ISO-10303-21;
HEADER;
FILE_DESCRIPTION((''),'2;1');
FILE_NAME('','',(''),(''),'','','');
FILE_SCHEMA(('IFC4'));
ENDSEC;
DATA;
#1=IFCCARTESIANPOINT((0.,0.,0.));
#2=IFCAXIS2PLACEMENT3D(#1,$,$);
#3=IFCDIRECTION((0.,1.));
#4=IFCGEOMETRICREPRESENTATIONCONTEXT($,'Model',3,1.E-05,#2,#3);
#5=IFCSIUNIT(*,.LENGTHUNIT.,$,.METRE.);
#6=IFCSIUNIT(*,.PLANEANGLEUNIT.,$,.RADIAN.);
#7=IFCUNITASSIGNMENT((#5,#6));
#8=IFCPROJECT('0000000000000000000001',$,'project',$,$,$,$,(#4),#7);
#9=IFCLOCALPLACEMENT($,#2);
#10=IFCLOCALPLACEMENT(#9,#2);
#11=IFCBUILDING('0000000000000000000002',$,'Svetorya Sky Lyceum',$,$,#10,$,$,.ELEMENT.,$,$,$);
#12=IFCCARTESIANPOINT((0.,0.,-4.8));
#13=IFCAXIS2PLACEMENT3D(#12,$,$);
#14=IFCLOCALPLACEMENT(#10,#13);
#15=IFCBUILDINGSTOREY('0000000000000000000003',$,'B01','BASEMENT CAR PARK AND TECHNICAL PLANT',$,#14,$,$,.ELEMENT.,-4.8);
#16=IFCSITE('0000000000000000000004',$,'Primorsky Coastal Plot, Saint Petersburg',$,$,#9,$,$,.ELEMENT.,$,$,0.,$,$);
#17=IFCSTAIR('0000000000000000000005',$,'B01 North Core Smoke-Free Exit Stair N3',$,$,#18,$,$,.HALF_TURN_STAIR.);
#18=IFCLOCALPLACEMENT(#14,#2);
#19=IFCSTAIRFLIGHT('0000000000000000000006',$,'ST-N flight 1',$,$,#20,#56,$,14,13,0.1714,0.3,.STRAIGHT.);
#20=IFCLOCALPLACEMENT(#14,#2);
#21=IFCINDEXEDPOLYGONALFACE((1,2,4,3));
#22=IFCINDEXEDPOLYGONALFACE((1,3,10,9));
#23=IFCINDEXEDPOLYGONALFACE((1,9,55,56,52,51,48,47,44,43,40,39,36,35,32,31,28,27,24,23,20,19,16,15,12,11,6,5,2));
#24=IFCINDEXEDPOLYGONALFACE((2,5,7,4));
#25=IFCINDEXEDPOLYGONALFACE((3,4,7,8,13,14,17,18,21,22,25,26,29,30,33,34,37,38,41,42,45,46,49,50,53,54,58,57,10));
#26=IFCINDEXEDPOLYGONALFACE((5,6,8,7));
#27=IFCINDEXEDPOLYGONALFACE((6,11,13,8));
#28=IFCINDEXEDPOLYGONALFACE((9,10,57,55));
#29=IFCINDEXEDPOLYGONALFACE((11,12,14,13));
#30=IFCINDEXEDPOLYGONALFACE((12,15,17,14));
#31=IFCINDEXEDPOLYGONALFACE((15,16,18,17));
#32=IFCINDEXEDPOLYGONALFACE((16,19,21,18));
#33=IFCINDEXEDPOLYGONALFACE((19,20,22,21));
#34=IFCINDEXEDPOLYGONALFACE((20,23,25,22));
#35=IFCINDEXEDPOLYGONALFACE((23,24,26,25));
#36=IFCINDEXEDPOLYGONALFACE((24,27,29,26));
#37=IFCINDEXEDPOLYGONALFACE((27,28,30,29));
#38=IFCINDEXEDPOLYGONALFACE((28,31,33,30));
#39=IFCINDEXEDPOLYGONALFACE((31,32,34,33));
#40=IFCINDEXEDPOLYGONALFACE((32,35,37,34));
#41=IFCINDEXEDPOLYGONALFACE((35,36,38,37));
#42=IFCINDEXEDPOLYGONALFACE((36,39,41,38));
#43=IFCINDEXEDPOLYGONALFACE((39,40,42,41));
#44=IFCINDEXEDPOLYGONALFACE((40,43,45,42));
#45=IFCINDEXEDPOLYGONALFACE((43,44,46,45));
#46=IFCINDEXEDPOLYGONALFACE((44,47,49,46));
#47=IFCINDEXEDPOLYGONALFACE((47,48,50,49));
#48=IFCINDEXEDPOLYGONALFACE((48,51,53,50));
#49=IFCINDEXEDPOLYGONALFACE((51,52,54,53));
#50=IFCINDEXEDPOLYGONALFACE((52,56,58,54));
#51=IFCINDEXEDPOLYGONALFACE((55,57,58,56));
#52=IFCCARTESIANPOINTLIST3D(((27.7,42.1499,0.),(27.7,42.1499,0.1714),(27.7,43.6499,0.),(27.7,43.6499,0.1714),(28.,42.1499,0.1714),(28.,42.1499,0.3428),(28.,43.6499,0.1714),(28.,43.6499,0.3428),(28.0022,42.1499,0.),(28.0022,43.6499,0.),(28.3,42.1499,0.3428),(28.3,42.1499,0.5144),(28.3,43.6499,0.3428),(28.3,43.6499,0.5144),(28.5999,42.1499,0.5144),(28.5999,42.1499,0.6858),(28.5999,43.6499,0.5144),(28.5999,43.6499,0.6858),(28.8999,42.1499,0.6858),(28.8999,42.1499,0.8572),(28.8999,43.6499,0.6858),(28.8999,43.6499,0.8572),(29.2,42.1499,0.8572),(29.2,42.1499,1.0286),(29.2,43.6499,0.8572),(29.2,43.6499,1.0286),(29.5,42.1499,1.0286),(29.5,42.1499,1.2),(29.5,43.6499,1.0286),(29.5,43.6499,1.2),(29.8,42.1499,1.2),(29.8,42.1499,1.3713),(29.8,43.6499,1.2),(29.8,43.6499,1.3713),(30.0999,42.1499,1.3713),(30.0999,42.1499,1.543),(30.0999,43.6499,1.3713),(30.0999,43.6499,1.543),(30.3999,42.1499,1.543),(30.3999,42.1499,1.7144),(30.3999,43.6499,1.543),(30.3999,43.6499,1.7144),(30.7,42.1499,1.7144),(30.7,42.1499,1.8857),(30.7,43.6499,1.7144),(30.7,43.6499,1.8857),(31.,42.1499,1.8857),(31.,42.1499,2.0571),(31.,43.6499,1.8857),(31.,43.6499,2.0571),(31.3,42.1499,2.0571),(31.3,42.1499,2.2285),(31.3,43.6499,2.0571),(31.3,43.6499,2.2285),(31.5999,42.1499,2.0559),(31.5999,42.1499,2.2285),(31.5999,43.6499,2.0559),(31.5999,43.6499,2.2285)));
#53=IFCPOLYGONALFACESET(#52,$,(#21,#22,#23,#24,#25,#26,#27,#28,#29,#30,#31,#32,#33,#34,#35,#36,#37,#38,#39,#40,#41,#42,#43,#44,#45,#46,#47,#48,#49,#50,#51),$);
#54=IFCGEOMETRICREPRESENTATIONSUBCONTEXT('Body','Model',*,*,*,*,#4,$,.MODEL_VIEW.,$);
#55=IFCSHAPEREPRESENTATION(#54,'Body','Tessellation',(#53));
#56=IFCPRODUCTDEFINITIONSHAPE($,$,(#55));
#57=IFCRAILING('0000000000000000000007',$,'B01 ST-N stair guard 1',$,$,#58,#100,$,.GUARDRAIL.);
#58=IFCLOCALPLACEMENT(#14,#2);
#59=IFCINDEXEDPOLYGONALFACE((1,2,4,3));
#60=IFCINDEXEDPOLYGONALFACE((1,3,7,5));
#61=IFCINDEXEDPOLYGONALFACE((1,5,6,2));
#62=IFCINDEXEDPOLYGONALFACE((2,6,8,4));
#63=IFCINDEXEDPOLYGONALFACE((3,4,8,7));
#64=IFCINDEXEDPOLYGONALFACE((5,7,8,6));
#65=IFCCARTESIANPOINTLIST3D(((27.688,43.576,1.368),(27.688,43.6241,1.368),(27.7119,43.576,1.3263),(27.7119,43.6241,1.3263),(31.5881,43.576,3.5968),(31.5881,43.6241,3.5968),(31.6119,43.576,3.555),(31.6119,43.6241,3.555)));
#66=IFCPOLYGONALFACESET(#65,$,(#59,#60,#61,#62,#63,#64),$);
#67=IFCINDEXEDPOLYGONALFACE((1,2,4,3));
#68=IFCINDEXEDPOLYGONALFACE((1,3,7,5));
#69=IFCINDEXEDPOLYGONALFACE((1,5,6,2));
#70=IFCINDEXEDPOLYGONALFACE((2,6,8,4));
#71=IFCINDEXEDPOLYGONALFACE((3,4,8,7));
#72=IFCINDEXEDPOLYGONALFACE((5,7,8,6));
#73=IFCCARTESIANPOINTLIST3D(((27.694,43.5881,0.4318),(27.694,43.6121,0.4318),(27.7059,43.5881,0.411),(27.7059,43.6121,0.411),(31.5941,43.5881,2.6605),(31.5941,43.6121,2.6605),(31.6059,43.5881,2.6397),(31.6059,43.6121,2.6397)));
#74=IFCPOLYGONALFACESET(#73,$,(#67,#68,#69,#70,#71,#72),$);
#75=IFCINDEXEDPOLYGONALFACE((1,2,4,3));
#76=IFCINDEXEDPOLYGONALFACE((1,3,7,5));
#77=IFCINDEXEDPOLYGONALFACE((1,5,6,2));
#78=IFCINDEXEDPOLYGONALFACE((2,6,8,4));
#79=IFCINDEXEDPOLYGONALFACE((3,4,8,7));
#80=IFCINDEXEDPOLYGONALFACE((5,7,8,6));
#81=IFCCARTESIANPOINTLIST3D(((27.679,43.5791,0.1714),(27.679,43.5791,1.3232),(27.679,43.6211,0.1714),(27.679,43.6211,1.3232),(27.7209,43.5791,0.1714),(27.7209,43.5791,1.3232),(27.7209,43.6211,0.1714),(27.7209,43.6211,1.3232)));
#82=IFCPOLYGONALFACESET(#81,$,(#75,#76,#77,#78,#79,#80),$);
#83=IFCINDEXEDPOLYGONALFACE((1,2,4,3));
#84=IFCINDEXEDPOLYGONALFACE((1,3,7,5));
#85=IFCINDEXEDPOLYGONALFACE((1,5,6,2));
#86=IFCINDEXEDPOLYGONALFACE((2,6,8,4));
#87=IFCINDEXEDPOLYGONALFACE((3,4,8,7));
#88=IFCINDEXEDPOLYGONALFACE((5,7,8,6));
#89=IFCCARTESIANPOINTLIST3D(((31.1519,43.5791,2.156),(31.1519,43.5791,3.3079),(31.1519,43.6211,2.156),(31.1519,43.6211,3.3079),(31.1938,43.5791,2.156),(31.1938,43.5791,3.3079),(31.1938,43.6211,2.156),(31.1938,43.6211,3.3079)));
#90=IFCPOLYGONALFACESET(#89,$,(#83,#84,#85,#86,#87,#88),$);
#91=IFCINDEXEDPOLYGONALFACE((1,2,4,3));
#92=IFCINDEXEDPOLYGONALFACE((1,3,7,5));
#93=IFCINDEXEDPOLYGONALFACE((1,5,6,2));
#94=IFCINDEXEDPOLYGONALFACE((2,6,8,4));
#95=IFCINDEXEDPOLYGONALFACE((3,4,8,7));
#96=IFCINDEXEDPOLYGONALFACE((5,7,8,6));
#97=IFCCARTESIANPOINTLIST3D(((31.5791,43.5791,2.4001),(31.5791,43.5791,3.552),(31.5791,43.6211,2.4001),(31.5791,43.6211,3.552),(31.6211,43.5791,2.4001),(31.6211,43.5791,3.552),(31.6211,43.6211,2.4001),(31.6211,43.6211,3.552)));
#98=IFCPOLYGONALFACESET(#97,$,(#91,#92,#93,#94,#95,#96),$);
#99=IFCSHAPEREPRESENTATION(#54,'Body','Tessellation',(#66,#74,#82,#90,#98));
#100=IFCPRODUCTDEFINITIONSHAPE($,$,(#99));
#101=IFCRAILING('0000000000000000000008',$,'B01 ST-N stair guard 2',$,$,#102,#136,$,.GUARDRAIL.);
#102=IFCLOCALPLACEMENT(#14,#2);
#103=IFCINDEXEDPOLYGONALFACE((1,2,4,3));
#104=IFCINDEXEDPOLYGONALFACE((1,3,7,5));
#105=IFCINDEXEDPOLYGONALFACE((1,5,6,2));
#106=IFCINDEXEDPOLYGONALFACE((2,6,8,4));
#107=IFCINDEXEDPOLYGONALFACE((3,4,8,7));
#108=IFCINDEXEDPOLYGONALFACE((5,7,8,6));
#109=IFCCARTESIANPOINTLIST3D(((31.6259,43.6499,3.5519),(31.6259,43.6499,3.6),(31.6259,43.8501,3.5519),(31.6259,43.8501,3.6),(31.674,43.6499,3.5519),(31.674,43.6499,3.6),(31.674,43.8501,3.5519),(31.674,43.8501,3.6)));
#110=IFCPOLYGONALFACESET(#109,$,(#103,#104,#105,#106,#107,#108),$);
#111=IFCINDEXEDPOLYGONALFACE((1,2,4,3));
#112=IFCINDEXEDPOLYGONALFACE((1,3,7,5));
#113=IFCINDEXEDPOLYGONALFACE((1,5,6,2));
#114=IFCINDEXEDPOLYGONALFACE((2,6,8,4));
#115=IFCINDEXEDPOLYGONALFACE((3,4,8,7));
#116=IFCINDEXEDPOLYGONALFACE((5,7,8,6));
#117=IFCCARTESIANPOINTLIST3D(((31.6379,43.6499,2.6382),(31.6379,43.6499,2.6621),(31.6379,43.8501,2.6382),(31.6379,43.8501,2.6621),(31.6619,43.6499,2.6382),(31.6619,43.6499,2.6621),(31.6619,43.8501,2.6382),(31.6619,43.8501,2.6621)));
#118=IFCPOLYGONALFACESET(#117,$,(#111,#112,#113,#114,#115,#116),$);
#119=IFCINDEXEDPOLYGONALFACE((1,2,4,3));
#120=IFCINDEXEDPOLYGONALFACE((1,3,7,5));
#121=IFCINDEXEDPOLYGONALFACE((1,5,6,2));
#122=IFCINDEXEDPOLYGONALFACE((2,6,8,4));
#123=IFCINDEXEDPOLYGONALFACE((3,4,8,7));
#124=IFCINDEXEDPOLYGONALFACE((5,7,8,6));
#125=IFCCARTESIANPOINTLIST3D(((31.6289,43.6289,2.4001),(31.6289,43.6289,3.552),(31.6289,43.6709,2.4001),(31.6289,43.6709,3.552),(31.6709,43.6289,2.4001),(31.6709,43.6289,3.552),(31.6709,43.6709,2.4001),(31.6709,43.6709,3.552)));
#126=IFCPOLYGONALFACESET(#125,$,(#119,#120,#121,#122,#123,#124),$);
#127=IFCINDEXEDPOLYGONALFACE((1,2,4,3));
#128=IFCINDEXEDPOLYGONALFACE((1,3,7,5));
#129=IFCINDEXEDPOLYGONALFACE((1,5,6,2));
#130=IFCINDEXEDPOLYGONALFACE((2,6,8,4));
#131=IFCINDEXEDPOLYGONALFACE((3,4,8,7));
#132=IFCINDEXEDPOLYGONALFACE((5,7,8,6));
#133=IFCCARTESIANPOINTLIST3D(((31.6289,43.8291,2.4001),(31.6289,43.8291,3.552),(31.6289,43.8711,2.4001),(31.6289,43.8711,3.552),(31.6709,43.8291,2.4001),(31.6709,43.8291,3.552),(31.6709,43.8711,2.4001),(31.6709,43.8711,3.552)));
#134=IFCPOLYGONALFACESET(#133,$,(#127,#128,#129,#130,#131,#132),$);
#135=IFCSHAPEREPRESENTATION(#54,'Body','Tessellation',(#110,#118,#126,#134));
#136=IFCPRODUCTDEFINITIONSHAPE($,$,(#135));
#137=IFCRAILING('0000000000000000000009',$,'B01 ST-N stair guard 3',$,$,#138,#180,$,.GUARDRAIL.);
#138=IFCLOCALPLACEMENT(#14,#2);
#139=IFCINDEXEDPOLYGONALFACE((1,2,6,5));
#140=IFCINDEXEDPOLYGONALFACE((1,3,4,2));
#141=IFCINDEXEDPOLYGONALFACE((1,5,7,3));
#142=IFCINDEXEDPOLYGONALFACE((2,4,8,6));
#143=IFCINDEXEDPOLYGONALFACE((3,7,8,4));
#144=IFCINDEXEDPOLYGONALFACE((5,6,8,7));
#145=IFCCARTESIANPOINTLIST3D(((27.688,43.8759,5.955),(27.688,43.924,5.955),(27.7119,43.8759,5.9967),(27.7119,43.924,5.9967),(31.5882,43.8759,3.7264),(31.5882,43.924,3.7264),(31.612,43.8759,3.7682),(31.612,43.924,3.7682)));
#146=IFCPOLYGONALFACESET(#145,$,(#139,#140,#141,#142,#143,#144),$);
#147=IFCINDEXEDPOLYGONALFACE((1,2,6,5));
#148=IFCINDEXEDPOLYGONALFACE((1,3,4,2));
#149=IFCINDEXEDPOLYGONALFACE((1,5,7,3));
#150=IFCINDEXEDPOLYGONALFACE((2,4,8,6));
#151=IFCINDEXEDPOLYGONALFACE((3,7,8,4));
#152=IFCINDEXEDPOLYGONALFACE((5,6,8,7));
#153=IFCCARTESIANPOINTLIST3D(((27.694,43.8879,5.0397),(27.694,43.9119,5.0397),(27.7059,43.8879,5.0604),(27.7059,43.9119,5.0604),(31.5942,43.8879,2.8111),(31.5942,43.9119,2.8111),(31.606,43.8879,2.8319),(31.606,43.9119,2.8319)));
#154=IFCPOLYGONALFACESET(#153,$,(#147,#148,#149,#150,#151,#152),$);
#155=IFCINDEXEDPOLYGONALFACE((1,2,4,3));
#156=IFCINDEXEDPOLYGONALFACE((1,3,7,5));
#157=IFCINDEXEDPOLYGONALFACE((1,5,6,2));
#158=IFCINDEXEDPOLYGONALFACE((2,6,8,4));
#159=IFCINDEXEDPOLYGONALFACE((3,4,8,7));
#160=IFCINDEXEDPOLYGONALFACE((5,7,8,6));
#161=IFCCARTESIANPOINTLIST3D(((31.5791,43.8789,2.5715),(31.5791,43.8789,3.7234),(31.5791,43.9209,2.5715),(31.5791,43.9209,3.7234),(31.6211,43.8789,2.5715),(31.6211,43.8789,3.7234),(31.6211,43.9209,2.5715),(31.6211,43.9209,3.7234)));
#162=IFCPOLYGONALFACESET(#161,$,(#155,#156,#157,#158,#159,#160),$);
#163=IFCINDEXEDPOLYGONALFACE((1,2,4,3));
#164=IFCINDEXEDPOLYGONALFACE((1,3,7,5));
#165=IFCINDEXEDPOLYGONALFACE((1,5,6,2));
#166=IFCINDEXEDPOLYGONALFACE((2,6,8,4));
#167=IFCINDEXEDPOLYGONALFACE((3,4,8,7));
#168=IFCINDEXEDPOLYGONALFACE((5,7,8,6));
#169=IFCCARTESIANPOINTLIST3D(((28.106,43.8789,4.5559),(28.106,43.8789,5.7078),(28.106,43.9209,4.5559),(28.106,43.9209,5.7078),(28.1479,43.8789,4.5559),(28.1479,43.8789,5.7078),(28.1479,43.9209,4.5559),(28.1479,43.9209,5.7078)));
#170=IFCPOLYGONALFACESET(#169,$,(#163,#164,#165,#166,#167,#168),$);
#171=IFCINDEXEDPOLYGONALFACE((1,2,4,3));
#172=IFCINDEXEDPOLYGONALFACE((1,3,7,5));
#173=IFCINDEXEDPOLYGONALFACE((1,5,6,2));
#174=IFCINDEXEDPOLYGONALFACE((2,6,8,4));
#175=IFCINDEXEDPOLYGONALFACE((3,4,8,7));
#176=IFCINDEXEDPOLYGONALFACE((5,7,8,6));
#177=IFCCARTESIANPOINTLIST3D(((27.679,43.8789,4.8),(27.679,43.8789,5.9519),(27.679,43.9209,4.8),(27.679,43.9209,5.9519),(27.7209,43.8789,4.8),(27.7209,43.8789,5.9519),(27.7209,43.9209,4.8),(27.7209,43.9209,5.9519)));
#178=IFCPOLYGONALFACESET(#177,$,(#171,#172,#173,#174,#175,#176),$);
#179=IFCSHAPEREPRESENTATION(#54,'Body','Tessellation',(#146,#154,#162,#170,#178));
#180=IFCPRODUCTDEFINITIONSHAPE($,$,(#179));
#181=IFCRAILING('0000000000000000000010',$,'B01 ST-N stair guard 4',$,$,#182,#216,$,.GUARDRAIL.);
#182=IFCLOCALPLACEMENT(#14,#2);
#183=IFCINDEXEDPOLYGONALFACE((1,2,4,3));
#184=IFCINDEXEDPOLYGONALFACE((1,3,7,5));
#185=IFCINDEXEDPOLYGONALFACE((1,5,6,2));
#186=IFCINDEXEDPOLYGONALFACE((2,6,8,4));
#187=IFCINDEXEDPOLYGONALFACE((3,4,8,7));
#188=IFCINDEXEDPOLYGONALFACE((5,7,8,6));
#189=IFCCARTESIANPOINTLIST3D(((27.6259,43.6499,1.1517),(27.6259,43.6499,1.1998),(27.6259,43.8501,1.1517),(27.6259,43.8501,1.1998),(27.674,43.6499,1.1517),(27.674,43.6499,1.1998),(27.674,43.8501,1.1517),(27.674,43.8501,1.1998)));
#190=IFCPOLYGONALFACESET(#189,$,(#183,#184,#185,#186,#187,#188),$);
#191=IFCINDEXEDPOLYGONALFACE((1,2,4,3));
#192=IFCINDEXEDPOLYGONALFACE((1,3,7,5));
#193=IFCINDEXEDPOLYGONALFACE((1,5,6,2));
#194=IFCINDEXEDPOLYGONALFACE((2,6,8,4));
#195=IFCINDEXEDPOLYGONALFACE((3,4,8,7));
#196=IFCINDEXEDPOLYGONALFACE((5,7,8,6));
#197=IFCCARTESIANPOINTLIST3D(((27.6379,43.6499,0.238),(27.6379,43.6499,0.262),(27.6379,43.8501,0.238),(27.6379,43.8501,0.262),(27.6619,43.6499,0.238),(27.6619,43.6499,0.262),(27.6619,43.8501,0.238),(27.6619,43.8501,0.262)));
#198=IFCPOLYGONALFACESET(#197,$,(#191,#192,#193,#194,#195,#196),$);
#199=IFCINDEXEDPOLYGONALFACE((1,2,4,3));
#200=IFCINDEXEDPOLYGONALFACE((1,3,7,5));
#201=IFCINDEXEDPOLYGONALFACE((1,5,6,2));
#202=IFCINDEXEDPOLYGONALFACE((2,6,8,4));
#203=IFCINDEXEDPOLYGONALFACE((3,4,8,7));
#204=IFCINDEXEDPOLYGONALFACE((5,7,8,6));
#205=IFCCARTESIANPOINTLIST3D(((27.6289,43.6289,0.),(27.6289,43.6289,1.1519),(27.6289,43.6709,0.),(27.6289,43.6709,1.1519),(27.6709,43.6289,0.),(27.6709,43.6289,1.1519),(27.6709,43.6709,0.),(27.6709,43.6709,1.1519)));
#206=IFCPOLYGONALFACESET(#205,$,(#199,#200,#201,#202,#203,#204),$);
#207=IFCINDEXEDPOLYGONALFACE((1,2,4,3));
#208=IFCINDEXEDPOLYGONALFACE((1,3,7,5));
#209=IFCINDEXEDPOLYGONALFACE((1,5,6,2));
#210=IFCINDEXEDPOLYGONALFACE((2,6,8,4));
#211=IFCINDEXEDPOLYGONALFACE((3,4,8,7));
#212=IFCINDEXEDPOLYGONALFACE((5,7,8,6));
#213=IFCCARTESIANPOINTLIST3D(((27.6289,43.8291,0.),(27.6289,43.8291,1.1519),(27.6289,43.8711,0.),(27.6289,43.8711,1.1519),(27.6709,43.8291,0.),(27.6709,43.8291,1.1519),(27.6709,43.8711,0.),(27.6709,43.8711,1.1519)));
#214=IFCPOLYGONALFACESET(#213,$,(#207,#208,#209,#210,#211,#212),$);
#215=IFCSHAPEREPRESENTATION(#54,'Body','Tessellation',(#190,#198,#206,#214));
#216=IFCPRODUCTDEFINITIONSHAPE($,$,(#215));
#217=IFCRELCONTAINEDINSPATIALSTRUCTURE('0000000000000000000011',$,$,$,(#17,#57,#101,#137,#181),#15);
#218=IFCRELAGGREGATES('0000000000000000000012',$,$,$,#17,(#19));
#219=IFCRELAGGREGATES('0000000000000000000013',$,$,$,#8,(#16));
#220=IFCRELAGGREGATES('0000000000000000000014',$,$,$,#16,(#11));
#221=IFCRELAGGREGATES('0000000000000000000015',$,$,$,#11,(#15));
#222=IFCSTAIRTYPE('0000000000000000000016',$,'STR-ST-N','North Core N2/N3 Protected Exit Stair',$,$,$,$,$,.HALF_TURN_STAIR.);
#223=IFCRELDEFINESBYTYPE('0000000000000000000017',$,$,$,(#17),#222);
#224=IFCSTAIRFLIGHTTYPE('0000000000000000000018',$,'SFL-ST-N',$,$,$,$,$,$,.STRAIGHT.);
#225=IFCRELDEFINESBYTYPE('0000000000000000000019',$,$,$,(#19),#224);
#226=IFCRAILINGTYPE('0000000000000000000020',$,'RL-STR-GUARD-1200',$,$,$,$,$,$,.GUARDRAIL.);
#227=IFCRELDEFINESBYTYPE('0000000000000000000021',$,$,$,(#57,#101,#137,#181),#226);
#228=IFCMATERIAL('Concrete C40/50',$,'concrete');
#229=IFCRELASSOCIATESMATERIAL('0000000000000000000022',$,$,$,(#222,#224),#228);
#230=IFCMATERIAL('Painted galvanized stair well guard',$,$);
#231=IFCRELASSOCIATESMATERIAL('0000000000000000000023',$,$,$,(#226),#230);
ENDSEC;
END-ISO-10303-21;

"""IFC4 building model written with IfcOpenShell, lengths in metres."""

from ifc_helpers import new_model, si_unit, direction, frame, origin, origin_2d, place, context, subcontext, project, spatial, polyline, rectangle, outline, extrude, material, type_object, element, aggregate, save


model = new_model("IFC4")

# Units and contexts
model_context = context("Model", 3, precision=1e-05, world=origin(), true_north=direction((0.0, 1.0)))
body_context = subcontext(model_context, "Body", "Model", "MODEL_VIEW")
ifc_project = project(units=[si_unit("LENGTHUNIT", "METRE"), si_unit("PLANEANGLEUNIT", "RADIAN")], contexts=[model_context])

# Site, building, storey
site_placement = place(None, origin())
site = spatial("IfcSite", under=ifc_project, at=site_placement, Name="Primorsky Coastal Plot, Saint Petersburg", CompositionType="ELEMENT", RefElevation=0.0)
building_placement = place(site_placement, origin())
building = spatial("IfcBuilding", under=site, at=building_placement, Name="Svetorya Sky Lyceum", CompositionType="ELEMENT")
storey_placement = place(building_placement, frame((0.0, 0.0, -4.8)))
storey = spatial("IfcBuildingStorey", under=building, at=storey_placement, Name="B01", Description="BASEMENT CAR PARK AND TECHNICAL PLANT", CompositionType="ELEMENT", Elevation=-4.8)

# Shared definitions
ifc_material_1 = material(Name="Concrete C40/50", Category="concrete")

# Stair, stair flight
stair_type = type_object("IfcStairType", Name="STR-ST-N", Description="North Core N2/N3 Protected Exit Stair", PredefinedType="HALF_TURN_STAIR", material=ifc_material_1)
stair_placement = place(storey_placement, origin())
stair = element("IfcStair", 1, at=stair_placement, inside=storey, type_object=stair_type, Name="B01 North Core Smoke-Free Exit Stair N3", PredefinedType="HALF_TURN_STAIR")
stair_flight_type = type_object("IfcStairFlightType", Name="SFL-ST-N", PredefinedType="STRAIGHT", material=ifc_material_1)
stair_flight_placement = place(storey_placement, frame((27.7, 42.8999, 0.0), z_axis=(0.0, 0.0, 1.0), x_axis=(1.0, 0.0, 0.0)))
stair_flight = element("IfcStairFlight", 2, at=stair_flight_placement, type_object=stair_flight_type, Name="ST-N flight 1", NumberOfRisers=14, NumberOfTreads=13, PredefinedType="STRAIGHT", RiserHeight=0.1714, TreadLength=0.3, context=body_context, shape_type="SweptSolid", body=[
    extrude(outline(polyline([(0.0, 0.0), (0.0, 0.1714), (0.3, 0.1714), (0.3, 0.3428), (0.6001, 0.3428), (0.6001, 0.5144), (0.8999, 0.5144), (0.8999, 0.6858), (1.2, 0.6858), (1.2, 0.8572), (1.5, 0.8572), (1.5, 1.0286), (1.8, 1.0286), (1.8, 1.2), (2.1001, 1.2), (2.1001, 1.3713), (2.3999, 1.3713), (2.3999, 1.543), (2.7, 1.543), (2.7, 1.7144), (3.0, 1.7144), (3.0, 1.8857), (3.3, 1.8857), (3.3, 2.0571), (3.6001, 2.0571), (3.6001, 2.2285), (3.8999, 2.2285), (3.8999, 2.3999), (3.8999, 2.0559), (0.3022, 0.0), (0.0, 0.0)])), frame((0.0, 0.75, 0.0), z_axis=(0.0, -1.0, 0.0), x_axis=(1.0, 0.0, 0.0)), (0.0, 0.0, 1.0), 1.5),
])
aggregate(stair, [stair_flight])

# Railings
ifc_material_2 = material(Name="Painted galvanized stair well guard")
railing_type_1 = type_object("IfcRailingType", Name="RL-STR-GUARD-1200", PredefinedType="GUARDRAIL", material=ifc_material_2)
railing_1_placement = place(storey_placement, frame((27.7, 43.6001, 0.1714)))
element("IfcRailing", 3, at=railing_1_placement, inside=storey, type_object=railing_type_1, Name="B01 ST-N stair guard 1", PredefinedType="GUARDRAIL", context=body_context, shape_type="SweptSolid", body=[
    extrude(rectangle(XDim=0.0481, YDim=0.0481, at=origin_2d()), frame((0.0, 0.0, 1.1758), z_axis=(0.868233, 0.0, 0.496156), x_axis=(0.0, 1.0, 0.0)), (0.0, 0.0, 1.0), 4.4919),
    extrude(rectangle(XDim=0.0239, YDim=0.0239, at=origin_2d()), frame((0.0, 0.0, 0.25), z_axis=(0.868233, 0.0, 0.496156), x_axis=(0.0, 1.0, 0.0)), (0.0, 0.0, 1.0), 4.4919),
    extrude(rectangle(XDim=0.042, YDim=0.042, at=origin_2d()), origin(), (0.0, 0.0, 1.0), 1.1519),
    extrude(rectangle(XDim=0.042, YDim=0.042, at=origin_2d()), frame((3.4729, 0.0, 1.9846)), (0.0, 0.0, 1.0), 1.1519),
    extrude(rectangle(XDim=0.042, YDim=0.042, at=origin_2d()), frame((3.9001, 0.0, 2.2288)), (0.0, 0.0, 1.0), 1.1519),
])
railing_2_placement = place(storey_placement, frame((31.6499, 43.6499, 2.4001)))
element("IfcRailing", 4, at=railing_2_placement, inside=storey, type_object=railing_type_1, Name="B01 ST-N stair guard 2", PredefinedType="GUARDRAIL", context=body_context, shape_type="SweptSolid", body=[
    extrude(rectangle(XDim=0.0481, YDim=0.0481, at=origin_2d()), frame((0.0, 0.0, 1.1758), z_axis=(0.0, 1.0, 0.0), x_axis=(-1.0, 0.0, 0.0)), (0.0, 0.0, 1.0), 0.2002),
    extrude(rectangle(XDim=0.0239, YDim=0.0239, at=origin_2d()), frame((0.0, 0.0, 0.25), z_axis=(0.0, 1.0, 0.0), x_axis=(-1.0, 0.0, 0.0)), (0.0, 0.0, 1.0), 0.2002),
    extrude(rectangle(XDim=0.042, YDim=0.042, at=origin_2d()), origin(), (0.0, 0.0, 1.0), 1.1519),
    extrude(rectangle(XDim=0.042, YDim=0.042, at=origin_2d()), frame((0.0, 0.2002, 0.0)), (0.0, 0.0, 1.0), 1.1519),
])
railing_3_placement = place(storey_placement, frame((31.6001, 43.8999, 2.5715)))
element("IfcRailing", 5, at=railing_3_placement, inside=storey, type_object=railing_type_1, Name="B01 ST-N stair guard 3", PredefinedType="GUARDRAIL", context=body_context, shape_type="SweptSolid", body=[
    extrude(rectangle(XDim=0.0481, YDim=0.0481, at=origin_2d()), frame((0.0, 0.0, 1.1758), z_axis=(-0.868257, 0.0, 0.496116), x_axis=(0.0, -1.0, 0.0)), (0.0, 0.0, 1.0), 4.4919),
    extrude(rectangle(XDim=0.0239, YDim=0.0239, at=origin_2d()), frame((0.0, 0.0, 0.25), z_axis=(-0.868257, 0.0, 0.496116), x_axis=(0.0, -1.0, 0.0)), (0.0, 0.0, 1.0), 4.4919),
    extrude(rectangle(XDim=0.042, YDim=0.042, at=origin_2d()), origin(), (0.0, 0.0, 1.0), 1.1519),
    extrude(rectangle(XDim=0.042, YDim=0.042, at=origin_2d()), frame((-3.4731, 0.0, 1.9844)), (0.0, 0.0, 1.0), 1.1519),
    extrude(rectangle(XDim=0.042, YDim=0.042, at=origin_2d()), frame((-3.9001, 0.0, 2.2285)), (0.0, 0.0, 1.0), 1.1519),
])
railing_4_placement = place(storey_placement, frame((27.6499, 43.6499, 0.0)))
element("IfcRailing", 6, at=railing_4_placement, inside=storey, type_object=railing_type_1, Name="B01 ST-N stair guard 4", PredefinedType="GUARDRAIL", context=body_context, shape_type="SweptSolid", body=[
    extrude(rectangle(XDim=0.0481, YDim=0.0481, at=origin_2d()), frame((0.0, 0.0, 1.1758), z_axis=(0.0, 1.0, 0.0), x_axis=(-1.0, 0.0, 0.0)), (0.0, 0.0, 1.0), 0.2002),
    extrude(rectangle(XDim=0.0239, YDim=0.0239, at=origin_2d()), frame((0.0, 0.0, 0.25), z_axis=(0.0, 1.0, 0.0), x_axis=(-1.0, 0.0, 0.0)), (0.0, 0.0, 1.0), 0.2002),
    extrude(rectangle(XDim=0.042, YDim=0.042, at=origin_2d()), origin(), (0.0, 0.0, 1.0), 1.1519),
    extrude(rectangle(XDim=0.042, YDim=0.042, at=origin_2d()), frame((0.0, 0.2002, 0.0)), (0.0, 0.0, 1.0), 1.1519),
])

save(model, "model.ifc")
